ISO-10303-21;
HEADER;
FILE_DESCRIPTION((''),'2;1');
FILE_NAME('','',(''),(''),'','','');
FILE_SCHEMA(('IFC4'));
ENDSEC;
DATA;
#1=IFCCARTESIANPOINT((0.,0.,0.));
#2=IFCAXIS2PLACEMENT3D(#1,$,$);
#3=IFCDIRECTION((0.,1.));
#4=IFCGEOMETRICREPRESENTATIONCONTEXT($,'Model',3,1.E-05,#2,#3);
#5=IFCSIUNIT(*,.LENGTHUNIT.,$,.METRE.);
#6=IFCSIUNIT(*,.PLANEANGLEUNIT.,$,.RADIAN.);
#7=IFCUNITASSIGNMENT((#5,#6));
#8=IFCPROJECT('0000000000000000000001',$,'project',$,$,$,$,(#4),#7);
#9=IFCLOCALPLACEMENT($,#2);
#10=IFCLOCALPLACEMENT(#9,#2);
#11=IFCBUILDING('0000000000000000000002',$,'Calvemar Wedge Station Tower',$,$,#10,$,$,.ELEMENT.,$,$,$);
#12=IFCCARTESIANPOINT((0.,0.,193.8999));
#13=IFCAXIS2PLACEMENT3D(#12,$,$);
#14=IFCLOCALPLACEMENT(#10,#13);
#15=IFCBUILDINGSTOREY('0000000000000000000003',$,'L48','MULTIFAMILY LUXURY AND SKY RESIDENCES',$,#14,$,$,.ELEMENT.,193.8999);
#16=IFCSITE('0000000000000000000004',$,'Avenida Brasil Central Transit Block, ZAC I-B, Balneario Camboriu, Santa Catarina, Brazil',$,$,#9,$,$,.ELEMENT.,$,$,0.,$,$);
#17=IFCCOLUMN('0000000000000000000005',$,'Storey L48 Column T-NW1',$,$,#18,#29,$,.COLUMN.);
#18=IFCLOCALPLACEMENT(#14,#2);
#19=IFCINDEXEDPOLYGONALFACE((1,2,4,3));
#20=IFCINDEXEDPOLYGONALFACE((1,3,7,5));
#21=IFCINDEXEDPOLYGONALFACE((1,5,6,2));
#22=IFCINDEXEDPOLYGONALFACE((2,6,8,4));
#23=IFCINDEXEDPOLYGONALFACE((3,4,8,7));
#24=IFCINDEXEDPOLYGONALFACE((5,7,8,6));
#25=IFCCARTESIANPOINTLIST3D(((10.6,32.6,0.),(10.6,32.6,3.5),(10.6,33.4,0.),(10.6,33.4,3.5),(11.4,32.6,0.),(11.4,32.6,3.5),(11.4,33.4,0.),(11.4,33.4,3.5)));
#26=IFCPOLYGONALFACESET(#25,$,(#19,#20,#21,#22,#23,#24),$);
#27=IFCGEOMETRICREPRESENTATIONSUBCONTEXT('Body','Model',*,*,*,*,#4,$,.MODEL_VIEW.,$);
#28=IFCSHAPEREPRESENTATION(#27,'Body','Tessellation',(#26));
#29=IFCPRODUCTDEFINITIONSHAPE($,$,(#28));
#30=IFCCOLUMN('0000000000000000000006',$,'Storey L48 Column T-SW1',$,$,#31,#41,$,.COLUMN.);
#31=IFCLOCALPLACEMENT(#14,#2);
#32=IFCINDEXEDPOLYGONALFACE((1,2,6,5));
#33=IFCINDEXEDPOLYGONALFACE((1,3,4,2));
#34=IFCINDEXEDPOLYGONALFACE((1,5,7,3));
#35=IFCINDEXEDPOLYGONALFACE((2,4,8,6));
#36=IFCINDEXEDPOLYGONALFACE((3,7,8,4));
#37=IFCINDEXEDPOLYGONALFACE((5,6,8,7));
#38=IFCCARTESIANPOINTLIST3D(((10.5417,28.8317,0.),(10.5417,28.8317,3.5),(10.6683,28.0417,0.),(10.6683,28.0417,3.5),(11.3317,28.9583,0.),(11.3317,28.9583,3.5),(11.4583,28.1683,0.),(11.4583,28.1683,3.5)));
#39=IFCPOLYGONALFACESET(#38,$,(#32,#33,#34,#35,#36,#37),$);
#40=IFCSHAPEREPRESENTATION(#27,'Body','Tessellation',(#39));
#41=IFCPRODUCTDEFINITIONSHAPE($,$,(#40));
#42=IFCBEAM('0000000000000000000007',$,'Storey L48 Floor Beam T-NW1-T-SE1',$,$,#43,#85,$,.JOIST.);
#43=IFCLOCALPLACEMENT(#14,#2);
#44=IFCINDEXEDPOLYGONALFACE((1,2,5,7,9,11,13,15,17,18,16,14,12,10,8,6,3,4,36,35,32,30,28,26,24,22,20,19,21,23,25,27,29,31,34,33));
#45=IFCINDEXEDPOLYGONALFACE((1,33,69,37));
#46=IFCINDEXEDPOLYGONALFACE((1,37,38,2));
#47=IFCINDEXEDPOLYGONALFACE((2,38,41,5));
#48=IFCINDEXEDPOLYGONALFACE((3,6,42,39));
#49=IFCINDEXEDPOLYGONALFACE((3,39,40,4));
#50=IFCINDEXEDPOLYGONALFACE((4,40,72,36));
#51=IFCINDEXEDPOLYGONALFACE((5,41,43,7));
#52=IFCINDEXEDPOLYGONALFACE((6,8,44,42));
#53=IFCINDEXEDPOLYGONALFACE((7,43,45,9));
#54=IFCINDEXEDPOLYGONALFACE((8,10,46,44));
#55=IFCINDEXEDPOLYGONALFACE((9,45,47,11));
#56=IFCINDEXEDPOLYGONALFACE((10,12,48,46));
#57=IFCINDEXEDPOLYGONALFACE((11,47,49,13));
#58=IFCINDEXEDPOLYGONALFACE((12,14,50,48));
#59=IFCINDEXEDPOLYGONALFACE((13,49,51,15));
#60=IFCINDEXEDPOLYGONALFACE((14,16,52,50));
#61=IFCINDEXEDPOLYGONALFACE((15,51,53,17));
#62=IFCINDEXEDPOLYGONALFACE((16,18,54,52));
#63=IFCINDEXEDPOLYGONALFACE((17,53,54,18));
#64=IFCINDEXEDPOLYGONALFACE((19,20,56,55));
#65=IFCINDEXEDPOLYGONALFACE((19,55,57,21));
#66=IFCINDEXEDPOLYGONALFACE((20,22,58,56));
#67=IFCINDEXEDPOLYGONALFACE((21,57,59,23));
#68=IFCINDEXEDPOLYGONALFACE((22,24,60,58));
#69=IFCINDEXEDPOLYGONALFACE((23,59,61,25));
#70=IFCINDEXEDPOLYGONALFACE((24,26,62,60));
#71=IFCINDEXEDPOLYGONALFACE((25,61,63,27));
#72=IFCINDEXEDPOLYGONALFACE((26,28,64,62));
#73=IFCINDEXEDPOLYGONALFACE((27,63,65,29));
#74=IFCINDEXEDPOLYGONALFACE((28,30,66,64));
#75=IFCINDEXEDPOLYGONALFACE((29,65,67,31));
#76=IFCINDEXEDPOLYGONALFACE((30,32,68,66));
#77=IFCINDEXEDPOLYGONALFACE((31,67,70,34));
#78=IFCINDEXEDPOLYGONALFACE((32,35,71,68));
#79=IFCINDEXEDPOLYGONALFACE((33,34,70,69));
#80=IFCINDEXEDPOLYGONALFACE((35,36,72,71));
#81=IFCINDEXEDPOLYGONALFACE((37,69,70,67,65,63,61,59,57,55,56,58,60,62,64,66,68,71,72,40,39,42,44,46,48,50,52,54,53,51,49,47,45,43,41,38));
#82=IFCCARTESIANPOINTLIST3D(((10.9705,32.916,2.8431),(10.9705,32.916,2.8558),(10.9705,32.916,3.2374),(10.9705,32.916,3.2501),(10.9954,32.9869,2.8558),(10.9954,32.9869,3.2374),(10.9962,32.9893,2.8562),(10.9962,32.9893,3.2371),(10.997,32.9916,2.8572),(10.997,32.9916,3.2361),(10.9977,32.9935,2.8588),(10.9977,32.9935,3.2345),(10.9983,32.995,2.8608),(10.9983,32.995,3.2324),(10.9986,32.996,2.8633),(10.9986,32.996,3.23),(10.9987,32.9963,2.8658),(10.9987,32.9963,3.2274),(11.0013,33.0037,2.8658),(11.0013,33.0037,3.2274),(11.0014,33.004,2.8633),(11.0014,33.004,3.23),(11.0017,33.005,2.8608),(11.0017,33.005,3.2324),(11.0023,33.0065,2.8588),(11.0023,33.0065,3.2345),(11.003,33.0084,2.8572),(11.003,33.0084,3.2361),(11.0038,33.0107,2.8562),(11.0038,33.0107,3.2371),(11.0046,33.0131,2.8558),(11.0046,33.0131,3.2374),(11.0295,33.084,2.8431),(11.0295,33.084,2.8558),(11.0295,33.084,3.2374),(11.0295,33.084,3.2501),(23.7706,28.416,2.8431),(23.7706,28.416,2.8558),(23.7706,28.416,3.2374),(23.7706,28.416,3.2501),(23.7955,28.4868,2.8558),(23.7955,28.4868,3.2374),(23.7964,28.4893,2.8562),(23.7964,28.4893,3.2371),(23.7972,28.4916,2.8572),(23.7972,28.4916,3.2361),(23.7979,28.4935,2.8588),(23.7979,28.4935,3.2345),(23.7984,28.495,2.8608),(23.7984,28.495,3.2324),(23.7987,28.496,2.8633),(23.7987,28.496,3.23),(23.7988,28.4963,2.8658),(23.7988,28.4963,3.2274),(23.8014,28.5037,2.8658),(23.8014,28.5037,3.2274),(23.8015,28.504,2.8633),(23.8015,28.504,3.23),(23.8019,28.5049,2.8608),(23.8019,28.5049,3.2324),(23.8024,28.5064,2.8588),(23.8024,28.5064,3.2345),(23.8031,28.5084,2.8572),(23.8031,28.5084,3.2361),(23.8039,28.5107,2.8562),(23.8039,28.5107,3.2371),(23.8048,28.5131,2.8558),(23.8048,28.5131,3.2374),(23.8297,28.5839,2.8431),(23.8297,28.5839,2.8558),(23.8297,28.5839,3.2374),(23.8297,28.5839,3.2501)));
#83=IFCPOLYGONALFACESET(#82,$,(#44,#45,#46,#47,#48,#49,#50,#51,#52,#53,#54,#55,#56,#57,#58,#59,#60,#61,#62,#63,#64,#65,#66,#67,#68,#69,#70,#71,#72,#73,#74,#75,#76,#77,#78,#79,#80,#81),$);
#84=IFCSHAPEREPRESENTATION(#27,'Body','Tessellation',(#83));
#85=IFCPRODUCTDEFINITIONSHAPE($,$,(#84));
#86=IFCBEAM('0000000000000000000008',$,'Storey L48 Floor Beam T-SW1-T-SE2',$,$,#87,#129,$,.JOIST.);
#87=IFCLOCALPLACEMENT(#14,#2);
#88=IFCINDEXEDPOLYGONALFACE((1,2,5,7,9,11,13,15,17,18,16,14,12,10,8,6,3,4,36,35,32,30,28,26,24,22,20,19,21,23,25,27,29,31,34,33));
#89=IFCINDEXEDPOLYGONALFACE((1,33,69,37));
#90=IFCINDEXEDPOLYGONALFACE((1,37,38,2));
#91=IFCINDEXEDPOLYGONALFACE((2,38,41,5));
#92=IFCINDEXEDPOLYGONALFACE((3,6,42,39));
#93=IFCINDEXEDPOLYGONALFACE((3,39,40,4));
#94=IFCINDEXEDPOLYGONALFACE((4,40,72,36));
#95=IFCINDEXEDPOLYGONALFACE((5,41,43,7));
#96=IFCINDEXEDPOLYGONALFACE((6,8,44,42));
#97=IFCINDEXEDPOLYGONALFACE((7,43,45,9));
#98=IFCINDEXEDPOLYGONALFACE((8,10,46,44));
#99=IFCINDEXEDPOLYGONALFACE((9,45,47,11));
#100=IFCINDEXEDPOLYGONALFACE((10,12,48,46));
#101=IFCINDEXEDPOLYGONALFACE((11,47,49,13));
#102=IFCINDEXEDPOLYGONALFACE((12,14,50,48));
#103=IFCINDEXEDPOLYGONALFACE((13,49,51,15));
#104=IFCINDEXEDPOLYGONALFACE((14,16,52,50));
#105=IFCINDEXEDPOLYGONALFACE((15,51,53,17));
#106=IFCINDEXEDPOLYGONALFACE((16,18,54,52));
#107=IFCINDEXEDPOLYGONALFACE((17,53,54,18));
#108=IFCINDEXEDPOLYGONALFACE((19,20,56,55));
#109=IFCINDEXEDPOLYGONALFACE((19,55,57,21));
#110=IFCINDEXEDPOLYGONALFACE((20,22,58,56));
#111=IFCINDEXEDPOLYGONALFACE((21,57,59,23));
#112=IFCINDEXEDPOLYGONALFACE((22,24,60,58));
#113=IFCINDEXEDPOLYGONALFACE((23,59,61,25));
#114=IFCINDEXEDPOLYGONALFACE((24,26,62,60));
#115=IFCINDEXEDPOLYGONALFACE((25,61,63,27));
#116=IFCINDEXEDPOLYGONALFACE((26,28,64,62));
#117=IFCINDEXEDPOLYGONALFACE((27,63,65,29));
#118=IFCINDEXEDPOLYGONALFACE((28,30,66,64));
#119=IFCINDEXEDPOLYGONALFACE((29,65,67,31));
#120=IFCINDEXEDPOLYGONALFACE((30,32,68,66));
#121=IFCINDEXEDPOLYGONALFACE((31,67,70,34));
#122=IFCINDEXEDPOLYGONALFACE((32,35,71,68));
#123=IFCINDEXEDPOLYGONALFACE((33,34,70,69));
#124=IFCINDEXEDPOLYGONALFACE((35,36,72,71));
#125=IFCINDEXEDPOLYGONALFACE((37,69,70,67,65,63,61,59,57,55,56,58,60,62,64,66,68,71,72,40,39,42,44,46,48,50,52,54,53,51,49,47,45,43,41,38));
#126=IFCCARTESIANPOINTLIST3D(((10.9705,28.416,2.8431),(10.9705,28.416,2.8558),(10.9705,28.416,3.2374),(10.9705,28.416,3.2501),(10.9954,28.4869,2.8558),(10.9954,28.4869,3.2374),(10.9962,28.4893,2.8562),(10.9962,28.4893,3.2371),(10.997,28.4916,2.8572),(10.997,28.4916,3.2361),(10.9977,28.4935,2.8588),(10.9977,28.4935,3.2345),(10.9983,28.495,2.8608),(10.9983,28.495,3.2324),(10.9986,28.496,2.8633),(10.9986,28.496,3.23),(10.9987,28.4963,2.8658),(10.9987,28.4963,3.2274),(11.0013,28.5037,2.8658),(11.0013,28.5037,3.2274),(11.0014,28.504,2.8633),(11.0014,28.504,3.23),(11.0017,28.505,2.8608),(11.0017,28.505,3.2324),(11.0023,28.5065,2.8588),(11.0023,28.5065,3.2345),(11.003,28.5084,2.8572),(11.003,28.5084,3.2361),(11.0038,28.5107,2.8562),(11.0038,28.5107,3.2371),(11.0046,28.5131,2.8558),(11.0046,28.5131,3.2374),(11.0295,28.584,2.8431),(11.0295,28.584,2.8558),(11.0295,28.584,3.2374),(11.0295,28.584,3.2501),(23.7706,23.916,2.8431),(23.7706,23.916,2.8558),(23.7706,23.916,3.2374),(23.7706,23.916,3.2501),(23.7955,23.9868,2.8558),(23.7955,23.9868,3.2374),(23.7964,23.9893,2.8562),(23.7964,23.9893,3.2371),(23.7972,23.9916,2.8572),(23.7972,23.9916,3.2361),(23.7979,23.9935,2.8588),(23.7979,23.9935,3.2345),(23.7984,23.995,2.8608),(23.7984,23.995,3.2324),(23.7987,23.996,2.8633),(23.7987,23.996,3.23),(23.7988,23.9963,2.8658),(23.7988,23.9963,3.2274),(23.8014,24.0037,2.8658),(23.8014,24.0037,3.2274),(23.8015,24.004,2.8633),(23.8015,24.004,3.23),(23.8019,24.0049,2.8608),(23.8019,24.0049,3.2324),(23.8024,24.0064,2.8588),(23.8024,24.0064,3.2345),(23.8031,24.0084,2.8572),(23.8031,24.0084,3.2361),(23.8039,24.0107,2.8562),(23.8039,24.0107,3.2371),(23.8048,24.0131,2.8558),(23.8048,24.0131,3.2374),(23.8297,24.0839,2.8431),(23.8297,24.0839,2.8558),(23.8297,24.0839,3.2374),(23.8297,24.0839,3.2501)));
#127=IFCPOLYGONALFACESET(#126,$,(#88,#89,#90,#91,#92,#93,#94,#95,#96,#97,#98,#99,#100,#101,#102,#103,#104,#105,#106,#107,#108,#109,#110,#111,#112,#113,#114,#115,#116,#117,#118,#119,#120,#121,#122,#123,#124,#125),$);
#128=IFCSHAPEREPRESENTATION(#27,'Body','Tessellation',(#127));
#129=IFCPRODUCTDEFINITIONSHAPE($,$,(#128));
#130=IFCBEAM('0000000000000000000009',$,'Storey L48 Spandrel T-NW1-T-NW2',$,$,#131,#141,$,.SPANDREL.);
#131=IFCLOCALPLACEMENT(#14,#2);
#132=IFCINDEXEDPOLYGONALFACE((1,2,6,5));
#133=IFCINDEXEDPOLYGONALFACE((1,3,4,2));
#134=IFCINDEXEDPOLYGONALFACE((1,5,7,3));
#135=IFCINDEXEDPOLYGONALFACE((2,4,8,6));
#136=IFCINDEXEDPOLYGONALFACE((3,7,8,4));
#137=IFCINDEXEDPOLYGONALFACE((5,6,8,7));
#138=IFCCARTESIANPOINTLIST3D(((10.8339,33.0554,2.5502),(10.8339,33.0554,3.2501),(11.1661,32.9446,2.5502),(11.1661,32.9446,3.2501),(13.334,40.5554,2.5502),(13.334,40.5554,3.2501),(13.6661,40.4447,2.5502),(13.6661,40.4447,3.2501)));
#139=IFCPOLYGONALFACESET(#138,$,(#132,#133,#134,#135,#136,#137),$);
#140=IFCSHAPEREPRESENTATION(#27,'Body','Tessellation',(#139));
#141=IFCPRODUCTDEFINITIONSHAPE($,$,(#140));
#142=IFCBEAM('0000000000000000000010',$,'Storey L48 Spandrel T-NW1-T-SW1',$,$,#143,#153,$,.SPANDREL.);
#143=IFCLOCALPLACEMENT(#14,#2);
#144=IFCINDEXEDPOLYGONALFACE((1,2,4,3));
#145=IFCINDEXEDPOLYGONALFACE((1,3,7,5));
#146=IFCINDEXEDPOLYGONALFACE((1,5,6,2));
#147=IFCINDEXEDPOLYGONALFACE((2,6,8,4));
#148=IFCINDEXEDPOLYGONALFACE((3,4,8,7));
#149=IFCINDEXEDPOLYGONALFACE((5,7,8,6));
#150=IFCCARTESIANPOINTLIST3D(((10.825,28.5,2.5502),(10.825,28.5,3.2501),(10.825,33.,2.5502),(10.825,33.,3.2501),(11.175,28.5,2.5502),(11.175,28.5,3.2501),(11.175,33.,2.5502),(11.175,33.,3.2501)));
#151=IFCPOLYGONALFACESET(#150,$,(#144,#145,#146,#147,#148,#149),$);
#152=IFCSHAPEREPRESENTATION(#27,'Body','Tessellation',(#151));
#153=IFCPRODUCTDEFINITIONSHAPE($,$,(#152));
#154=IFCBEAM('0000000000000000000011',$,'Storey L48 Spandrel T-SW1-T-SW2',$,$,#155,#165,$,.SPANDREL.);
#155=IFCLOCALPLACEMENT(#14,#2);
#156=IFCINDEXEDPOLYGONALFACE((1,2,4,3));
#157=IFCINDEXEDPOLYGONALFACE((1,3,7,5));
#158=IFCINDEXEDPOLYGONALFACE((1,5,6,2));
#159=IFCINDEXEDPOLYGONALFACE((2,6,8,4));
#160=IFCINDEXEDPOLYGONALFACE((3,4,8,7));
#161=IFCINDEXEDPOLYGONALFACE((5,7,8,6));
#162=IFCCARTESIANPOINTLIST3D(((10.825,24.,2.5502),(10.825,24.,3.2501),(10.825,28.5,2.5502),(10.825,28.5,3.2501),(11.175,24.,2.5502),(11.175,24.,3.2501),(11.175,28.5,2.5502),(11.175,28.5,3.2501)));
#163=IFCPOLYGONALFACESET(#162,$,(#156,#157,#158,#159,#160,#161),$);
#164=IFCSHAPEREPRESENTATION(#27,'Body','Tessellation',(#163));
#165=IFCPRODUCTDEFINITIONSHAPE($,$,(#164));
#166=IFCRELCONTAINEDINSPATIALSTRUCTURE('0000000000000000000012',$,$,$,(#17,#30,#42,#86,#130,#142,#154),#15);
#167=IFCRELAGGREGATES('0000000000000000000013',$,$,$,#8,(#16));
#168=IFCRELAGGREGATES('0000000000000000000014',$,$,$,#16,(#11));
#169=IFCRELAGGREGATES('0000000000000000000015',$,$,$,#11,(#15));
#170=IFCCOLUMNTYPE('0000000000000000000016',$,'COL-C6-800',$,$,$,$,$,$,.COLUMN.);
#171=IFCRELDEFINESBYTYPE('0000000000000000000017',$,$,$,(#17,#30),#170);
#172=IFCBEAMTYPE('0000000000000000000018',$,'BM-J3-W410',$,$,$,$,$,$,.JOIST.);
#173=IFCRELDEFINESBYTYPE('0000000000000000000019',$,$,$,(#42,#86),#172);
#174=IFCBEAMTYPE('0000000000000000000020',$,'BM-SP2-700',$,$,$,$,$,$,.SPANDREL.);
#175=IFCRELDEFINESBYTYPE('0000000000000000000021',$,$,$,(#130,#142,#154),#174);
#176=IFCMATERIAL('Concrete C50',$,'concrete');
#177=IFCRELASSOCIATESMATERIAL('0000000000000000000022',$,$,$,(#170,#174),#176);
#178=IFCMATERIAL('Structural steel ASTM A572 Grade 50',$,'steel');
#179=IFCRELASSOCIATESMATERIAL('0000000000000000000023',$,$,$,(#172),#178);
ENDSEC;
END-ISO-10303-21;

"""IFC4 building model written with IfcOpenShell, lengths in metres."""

from ifc_helpers import new_model, si_unit, direction, frame, origin, origin_2d, place, context, subcontext, project, spatial, rectangle, i_section, extrude, source, transform, mapped, material, material_profile, profile_set, type_object, element, save


model = new_model("IFC4")

# Units and contexts
model_context = context("Model", 3, precision=1e-05, world=origin(), true_north=direction((0.0, 1.0)))
body_context = subcontext(model_context, "Body", "Model", "MODEL_VIEW")
ifc_project = project(units=[si_unit("LENGTHUNIT", "METRE"), si_unit("PLANEANGLEUNIT", "RADIAN")], contexts=[model_context])

# Site, building, storey
site_placement = place(None, origin())
site = spatial("IfcSite", under=ifc_project, at=site_placement, Name="Avenida Brasil Central Transit Block, ZAC I-B, Balneario Camboriu, Santa Catarina, Brazil", CompositionType="ELEMENT", RefElevation=0.0)
building_placement = place(site_placement, origin())
building = spatial("IfcBuilding", under=site, at=building_placement, Name="Calvemar Wedge Station Tower", CompositionType="ELEMENT")
storey_placement = place(building_placement, frame((0.0, 0.0, 193.8999)))
storey = spatial("IfcBuildingStorey", under=building, at=storey_placement, Name="L48", Description="MULTIFAMILY LUXURY AND SKY RESIDENCES", CompositionType="ELEMENT", Elevation=193.8999)

# Columns
ifc_material_1 = material(Name="Concrete C50", Category="concrete")
ifc_material_profile_1 = material_profile(ifc_material_1, rectangle(XDim=0.8, YDim=0.8, at=origin_2d()), Name="RC800x800")
ifc_profile_set_1 = profile_set([ifc_material_profile_1], Name="Concrete C50")
column_type = type_object("IfcColumnType", Name="COL-C6-800", PredefinedType="COLUMN", material=ifc_profile_set_1)
shared_shape_1 = source(origin(), body_context, "Body", "SweptSolid", [
    extrude(rectangle(XDim=0.8, YDim=0.8, at=origin_2d()), origin(), (0.0, 0.0, 1.0), 3.5),
])
for number, where, z_axis, x_axis, name in (
    (1, (11.0, 33.0, 0.0), (0.0, 0.0, 1.0), (1.0, 0.0, 0.0), "Storey L48 Column T-NW1"),
    (2, (11.0, 28.5, 0.0), (0.0, 0.0, 1.0), (0.158158, -0.987414, 0.0), "Storey L48 Column T-SW1"),
):
    element("IfcColumn", number, at=place(storey_placement, frame(where, z_axis=z_axis, x_axis=x_axis)), inside=storey, type_object=column_type, Name=name, PredefinedType="COLUMN", context=body_context, shape_type="MappedRepresentation", body=[
        mapped(shared_shape_1, transform((0.0, 0.0, 0.0), scale=1.0)),
    ])

# Beams
ifc_material_2 = material(Name="Structural steel ASTM A572 Grade 50", Category="steel")
ifc_material_profile_2 = material_profile(ifc_material_2, i_section(OverallWidth=0.178, OverallDepth=0.407, WebThickness=0.0078, FlangeThickness=0.0127, FilletRadius=0.01, at=origin_2d()), Name="W410x60")
ifc_profile_set_2 = profile_set([ifc_material_profile_2], Name="Structural steel ASTM A572 Grade 50")
beam_type_1 = type_object("IfcBeamType", Name="BM-J3-W410", PredefinedType="JOIST", material=ifc_profile_set_2)
shared_shape_2 = source(origin(), body_context, "Body", "SweptSolid", [
    extrude(i_section(OverallWidth=0.178, OverallDepth=0.407, WebThickness=0.0078, FlangeThickness=0.0127, FilletRadius=0.01, at=origin_2d()), origin(), (0.0, 0.0, 1.0), 13.5681),
])
for number, where, z_axis, x_axis, name in (
    (3, (11.0, 33.0, 3.0466), (0.943398, -0.331662, 0.0), (0.331662, 0.943398, 0.0), "Storey L48 Floor Beam T-NW1-T-SE1"),
    (4, (11.0, 28.5, 3.0466), (0.943398, -0.331662, 0.0), (0.331662, 0.943398, 0.0), "Storey L48 Floor Beam T-SW1-T-SE2"),
):
    element("IfcBeam", number, at=place(storey_placement, frame(where, z_axis=z_axis, x_axis=x_axis)), inside=storey, type_object=beam_type_1, Name=name, PredefinedType="JOIST", context=body_context, shape_type="MappedRepresentation", body=[
        mapped(shared_shape_2, transform((0.0, 0.0, 0.0), scale=1.0)),
    ])
ifc_material_profile_3 = material_profile(ifc_material_1, rectangle(XDim=0.3501, YDim=0.7, at=origin_2d()), Name="RC350x700")
ifc_profile_set_3 = profile_set([ifc_material_profile_3], Name="Concrete C50")
beam_type_2 = type_object("IfcBeamType", Name="BM-SP2-700", PredefinedType="SPANDREL", material=ifc_profile_set_3)
shared_shape_3 = source(origin(), body_context, "Body", "SweptSolid", [
    extrude(rectangle(XDim=0.3501, YDim=0.7, at=origin_2d()), origin(), (0.0, 0.0, 1.0), 7.9058),
])
beam_1_placement = place(storey_placement, frame((11.0, 33.0, 2.9001), z_axis=(0.316228, 0.948683, 0.0), x_axis=(-0.948683, 0.316228, 0.0)))
element("IfcBeam", 5, at=beam_1_placement, inside=storey, type_object=beam_type_2, Name="Storey L48 Spandrel T-NW1-T-NW2", PredefinedType="SPANDREL", context=body_context, shape_type="MappedRepresentation", body=[
    mapped(shared_shape_3, transform((0.0, 0.0, 0.0), scale=1.0)),
])
shared_shape_4 = source(origin(), body_context, "Body", "SweptSolid", [
    extrude(rectangle(XDim=0.3501, YDim=0.7, at=origin_2d()), origin(), (0.0, 0.0, 1.0), 4.5),
])
for number, where, z_axis, x_axis, name in (
    (6, (11.0, 33.0, 2.9001), (0.0, -1.0, 0.0), (1.0, 0.0, 0.0), "Storey L48 Spandrel T-NW1-T-SW1"),
    (7, (11.0, 28.5, 2.9001), (0.0, -1.0, 0.0), (1.0, 0.0, 0.0), "Storey L48 Spandrel T-SW1-T-SW2"),
):
    element("IfcBeam", number, at=place(storey_placement, frame(where, z_axis=z_axis, x_axis=x_axis)), inside=storey, type_object=beam_type_2, Name=name, PredefinedType="SPANDREL", context=body_context, shape_type="MappedRepresentation", body=[
        mapped(shared_shape_4, transform((0.0, 0.0, 0.0), scale=1.0)),
    ])

save(model, "model.ifc")
